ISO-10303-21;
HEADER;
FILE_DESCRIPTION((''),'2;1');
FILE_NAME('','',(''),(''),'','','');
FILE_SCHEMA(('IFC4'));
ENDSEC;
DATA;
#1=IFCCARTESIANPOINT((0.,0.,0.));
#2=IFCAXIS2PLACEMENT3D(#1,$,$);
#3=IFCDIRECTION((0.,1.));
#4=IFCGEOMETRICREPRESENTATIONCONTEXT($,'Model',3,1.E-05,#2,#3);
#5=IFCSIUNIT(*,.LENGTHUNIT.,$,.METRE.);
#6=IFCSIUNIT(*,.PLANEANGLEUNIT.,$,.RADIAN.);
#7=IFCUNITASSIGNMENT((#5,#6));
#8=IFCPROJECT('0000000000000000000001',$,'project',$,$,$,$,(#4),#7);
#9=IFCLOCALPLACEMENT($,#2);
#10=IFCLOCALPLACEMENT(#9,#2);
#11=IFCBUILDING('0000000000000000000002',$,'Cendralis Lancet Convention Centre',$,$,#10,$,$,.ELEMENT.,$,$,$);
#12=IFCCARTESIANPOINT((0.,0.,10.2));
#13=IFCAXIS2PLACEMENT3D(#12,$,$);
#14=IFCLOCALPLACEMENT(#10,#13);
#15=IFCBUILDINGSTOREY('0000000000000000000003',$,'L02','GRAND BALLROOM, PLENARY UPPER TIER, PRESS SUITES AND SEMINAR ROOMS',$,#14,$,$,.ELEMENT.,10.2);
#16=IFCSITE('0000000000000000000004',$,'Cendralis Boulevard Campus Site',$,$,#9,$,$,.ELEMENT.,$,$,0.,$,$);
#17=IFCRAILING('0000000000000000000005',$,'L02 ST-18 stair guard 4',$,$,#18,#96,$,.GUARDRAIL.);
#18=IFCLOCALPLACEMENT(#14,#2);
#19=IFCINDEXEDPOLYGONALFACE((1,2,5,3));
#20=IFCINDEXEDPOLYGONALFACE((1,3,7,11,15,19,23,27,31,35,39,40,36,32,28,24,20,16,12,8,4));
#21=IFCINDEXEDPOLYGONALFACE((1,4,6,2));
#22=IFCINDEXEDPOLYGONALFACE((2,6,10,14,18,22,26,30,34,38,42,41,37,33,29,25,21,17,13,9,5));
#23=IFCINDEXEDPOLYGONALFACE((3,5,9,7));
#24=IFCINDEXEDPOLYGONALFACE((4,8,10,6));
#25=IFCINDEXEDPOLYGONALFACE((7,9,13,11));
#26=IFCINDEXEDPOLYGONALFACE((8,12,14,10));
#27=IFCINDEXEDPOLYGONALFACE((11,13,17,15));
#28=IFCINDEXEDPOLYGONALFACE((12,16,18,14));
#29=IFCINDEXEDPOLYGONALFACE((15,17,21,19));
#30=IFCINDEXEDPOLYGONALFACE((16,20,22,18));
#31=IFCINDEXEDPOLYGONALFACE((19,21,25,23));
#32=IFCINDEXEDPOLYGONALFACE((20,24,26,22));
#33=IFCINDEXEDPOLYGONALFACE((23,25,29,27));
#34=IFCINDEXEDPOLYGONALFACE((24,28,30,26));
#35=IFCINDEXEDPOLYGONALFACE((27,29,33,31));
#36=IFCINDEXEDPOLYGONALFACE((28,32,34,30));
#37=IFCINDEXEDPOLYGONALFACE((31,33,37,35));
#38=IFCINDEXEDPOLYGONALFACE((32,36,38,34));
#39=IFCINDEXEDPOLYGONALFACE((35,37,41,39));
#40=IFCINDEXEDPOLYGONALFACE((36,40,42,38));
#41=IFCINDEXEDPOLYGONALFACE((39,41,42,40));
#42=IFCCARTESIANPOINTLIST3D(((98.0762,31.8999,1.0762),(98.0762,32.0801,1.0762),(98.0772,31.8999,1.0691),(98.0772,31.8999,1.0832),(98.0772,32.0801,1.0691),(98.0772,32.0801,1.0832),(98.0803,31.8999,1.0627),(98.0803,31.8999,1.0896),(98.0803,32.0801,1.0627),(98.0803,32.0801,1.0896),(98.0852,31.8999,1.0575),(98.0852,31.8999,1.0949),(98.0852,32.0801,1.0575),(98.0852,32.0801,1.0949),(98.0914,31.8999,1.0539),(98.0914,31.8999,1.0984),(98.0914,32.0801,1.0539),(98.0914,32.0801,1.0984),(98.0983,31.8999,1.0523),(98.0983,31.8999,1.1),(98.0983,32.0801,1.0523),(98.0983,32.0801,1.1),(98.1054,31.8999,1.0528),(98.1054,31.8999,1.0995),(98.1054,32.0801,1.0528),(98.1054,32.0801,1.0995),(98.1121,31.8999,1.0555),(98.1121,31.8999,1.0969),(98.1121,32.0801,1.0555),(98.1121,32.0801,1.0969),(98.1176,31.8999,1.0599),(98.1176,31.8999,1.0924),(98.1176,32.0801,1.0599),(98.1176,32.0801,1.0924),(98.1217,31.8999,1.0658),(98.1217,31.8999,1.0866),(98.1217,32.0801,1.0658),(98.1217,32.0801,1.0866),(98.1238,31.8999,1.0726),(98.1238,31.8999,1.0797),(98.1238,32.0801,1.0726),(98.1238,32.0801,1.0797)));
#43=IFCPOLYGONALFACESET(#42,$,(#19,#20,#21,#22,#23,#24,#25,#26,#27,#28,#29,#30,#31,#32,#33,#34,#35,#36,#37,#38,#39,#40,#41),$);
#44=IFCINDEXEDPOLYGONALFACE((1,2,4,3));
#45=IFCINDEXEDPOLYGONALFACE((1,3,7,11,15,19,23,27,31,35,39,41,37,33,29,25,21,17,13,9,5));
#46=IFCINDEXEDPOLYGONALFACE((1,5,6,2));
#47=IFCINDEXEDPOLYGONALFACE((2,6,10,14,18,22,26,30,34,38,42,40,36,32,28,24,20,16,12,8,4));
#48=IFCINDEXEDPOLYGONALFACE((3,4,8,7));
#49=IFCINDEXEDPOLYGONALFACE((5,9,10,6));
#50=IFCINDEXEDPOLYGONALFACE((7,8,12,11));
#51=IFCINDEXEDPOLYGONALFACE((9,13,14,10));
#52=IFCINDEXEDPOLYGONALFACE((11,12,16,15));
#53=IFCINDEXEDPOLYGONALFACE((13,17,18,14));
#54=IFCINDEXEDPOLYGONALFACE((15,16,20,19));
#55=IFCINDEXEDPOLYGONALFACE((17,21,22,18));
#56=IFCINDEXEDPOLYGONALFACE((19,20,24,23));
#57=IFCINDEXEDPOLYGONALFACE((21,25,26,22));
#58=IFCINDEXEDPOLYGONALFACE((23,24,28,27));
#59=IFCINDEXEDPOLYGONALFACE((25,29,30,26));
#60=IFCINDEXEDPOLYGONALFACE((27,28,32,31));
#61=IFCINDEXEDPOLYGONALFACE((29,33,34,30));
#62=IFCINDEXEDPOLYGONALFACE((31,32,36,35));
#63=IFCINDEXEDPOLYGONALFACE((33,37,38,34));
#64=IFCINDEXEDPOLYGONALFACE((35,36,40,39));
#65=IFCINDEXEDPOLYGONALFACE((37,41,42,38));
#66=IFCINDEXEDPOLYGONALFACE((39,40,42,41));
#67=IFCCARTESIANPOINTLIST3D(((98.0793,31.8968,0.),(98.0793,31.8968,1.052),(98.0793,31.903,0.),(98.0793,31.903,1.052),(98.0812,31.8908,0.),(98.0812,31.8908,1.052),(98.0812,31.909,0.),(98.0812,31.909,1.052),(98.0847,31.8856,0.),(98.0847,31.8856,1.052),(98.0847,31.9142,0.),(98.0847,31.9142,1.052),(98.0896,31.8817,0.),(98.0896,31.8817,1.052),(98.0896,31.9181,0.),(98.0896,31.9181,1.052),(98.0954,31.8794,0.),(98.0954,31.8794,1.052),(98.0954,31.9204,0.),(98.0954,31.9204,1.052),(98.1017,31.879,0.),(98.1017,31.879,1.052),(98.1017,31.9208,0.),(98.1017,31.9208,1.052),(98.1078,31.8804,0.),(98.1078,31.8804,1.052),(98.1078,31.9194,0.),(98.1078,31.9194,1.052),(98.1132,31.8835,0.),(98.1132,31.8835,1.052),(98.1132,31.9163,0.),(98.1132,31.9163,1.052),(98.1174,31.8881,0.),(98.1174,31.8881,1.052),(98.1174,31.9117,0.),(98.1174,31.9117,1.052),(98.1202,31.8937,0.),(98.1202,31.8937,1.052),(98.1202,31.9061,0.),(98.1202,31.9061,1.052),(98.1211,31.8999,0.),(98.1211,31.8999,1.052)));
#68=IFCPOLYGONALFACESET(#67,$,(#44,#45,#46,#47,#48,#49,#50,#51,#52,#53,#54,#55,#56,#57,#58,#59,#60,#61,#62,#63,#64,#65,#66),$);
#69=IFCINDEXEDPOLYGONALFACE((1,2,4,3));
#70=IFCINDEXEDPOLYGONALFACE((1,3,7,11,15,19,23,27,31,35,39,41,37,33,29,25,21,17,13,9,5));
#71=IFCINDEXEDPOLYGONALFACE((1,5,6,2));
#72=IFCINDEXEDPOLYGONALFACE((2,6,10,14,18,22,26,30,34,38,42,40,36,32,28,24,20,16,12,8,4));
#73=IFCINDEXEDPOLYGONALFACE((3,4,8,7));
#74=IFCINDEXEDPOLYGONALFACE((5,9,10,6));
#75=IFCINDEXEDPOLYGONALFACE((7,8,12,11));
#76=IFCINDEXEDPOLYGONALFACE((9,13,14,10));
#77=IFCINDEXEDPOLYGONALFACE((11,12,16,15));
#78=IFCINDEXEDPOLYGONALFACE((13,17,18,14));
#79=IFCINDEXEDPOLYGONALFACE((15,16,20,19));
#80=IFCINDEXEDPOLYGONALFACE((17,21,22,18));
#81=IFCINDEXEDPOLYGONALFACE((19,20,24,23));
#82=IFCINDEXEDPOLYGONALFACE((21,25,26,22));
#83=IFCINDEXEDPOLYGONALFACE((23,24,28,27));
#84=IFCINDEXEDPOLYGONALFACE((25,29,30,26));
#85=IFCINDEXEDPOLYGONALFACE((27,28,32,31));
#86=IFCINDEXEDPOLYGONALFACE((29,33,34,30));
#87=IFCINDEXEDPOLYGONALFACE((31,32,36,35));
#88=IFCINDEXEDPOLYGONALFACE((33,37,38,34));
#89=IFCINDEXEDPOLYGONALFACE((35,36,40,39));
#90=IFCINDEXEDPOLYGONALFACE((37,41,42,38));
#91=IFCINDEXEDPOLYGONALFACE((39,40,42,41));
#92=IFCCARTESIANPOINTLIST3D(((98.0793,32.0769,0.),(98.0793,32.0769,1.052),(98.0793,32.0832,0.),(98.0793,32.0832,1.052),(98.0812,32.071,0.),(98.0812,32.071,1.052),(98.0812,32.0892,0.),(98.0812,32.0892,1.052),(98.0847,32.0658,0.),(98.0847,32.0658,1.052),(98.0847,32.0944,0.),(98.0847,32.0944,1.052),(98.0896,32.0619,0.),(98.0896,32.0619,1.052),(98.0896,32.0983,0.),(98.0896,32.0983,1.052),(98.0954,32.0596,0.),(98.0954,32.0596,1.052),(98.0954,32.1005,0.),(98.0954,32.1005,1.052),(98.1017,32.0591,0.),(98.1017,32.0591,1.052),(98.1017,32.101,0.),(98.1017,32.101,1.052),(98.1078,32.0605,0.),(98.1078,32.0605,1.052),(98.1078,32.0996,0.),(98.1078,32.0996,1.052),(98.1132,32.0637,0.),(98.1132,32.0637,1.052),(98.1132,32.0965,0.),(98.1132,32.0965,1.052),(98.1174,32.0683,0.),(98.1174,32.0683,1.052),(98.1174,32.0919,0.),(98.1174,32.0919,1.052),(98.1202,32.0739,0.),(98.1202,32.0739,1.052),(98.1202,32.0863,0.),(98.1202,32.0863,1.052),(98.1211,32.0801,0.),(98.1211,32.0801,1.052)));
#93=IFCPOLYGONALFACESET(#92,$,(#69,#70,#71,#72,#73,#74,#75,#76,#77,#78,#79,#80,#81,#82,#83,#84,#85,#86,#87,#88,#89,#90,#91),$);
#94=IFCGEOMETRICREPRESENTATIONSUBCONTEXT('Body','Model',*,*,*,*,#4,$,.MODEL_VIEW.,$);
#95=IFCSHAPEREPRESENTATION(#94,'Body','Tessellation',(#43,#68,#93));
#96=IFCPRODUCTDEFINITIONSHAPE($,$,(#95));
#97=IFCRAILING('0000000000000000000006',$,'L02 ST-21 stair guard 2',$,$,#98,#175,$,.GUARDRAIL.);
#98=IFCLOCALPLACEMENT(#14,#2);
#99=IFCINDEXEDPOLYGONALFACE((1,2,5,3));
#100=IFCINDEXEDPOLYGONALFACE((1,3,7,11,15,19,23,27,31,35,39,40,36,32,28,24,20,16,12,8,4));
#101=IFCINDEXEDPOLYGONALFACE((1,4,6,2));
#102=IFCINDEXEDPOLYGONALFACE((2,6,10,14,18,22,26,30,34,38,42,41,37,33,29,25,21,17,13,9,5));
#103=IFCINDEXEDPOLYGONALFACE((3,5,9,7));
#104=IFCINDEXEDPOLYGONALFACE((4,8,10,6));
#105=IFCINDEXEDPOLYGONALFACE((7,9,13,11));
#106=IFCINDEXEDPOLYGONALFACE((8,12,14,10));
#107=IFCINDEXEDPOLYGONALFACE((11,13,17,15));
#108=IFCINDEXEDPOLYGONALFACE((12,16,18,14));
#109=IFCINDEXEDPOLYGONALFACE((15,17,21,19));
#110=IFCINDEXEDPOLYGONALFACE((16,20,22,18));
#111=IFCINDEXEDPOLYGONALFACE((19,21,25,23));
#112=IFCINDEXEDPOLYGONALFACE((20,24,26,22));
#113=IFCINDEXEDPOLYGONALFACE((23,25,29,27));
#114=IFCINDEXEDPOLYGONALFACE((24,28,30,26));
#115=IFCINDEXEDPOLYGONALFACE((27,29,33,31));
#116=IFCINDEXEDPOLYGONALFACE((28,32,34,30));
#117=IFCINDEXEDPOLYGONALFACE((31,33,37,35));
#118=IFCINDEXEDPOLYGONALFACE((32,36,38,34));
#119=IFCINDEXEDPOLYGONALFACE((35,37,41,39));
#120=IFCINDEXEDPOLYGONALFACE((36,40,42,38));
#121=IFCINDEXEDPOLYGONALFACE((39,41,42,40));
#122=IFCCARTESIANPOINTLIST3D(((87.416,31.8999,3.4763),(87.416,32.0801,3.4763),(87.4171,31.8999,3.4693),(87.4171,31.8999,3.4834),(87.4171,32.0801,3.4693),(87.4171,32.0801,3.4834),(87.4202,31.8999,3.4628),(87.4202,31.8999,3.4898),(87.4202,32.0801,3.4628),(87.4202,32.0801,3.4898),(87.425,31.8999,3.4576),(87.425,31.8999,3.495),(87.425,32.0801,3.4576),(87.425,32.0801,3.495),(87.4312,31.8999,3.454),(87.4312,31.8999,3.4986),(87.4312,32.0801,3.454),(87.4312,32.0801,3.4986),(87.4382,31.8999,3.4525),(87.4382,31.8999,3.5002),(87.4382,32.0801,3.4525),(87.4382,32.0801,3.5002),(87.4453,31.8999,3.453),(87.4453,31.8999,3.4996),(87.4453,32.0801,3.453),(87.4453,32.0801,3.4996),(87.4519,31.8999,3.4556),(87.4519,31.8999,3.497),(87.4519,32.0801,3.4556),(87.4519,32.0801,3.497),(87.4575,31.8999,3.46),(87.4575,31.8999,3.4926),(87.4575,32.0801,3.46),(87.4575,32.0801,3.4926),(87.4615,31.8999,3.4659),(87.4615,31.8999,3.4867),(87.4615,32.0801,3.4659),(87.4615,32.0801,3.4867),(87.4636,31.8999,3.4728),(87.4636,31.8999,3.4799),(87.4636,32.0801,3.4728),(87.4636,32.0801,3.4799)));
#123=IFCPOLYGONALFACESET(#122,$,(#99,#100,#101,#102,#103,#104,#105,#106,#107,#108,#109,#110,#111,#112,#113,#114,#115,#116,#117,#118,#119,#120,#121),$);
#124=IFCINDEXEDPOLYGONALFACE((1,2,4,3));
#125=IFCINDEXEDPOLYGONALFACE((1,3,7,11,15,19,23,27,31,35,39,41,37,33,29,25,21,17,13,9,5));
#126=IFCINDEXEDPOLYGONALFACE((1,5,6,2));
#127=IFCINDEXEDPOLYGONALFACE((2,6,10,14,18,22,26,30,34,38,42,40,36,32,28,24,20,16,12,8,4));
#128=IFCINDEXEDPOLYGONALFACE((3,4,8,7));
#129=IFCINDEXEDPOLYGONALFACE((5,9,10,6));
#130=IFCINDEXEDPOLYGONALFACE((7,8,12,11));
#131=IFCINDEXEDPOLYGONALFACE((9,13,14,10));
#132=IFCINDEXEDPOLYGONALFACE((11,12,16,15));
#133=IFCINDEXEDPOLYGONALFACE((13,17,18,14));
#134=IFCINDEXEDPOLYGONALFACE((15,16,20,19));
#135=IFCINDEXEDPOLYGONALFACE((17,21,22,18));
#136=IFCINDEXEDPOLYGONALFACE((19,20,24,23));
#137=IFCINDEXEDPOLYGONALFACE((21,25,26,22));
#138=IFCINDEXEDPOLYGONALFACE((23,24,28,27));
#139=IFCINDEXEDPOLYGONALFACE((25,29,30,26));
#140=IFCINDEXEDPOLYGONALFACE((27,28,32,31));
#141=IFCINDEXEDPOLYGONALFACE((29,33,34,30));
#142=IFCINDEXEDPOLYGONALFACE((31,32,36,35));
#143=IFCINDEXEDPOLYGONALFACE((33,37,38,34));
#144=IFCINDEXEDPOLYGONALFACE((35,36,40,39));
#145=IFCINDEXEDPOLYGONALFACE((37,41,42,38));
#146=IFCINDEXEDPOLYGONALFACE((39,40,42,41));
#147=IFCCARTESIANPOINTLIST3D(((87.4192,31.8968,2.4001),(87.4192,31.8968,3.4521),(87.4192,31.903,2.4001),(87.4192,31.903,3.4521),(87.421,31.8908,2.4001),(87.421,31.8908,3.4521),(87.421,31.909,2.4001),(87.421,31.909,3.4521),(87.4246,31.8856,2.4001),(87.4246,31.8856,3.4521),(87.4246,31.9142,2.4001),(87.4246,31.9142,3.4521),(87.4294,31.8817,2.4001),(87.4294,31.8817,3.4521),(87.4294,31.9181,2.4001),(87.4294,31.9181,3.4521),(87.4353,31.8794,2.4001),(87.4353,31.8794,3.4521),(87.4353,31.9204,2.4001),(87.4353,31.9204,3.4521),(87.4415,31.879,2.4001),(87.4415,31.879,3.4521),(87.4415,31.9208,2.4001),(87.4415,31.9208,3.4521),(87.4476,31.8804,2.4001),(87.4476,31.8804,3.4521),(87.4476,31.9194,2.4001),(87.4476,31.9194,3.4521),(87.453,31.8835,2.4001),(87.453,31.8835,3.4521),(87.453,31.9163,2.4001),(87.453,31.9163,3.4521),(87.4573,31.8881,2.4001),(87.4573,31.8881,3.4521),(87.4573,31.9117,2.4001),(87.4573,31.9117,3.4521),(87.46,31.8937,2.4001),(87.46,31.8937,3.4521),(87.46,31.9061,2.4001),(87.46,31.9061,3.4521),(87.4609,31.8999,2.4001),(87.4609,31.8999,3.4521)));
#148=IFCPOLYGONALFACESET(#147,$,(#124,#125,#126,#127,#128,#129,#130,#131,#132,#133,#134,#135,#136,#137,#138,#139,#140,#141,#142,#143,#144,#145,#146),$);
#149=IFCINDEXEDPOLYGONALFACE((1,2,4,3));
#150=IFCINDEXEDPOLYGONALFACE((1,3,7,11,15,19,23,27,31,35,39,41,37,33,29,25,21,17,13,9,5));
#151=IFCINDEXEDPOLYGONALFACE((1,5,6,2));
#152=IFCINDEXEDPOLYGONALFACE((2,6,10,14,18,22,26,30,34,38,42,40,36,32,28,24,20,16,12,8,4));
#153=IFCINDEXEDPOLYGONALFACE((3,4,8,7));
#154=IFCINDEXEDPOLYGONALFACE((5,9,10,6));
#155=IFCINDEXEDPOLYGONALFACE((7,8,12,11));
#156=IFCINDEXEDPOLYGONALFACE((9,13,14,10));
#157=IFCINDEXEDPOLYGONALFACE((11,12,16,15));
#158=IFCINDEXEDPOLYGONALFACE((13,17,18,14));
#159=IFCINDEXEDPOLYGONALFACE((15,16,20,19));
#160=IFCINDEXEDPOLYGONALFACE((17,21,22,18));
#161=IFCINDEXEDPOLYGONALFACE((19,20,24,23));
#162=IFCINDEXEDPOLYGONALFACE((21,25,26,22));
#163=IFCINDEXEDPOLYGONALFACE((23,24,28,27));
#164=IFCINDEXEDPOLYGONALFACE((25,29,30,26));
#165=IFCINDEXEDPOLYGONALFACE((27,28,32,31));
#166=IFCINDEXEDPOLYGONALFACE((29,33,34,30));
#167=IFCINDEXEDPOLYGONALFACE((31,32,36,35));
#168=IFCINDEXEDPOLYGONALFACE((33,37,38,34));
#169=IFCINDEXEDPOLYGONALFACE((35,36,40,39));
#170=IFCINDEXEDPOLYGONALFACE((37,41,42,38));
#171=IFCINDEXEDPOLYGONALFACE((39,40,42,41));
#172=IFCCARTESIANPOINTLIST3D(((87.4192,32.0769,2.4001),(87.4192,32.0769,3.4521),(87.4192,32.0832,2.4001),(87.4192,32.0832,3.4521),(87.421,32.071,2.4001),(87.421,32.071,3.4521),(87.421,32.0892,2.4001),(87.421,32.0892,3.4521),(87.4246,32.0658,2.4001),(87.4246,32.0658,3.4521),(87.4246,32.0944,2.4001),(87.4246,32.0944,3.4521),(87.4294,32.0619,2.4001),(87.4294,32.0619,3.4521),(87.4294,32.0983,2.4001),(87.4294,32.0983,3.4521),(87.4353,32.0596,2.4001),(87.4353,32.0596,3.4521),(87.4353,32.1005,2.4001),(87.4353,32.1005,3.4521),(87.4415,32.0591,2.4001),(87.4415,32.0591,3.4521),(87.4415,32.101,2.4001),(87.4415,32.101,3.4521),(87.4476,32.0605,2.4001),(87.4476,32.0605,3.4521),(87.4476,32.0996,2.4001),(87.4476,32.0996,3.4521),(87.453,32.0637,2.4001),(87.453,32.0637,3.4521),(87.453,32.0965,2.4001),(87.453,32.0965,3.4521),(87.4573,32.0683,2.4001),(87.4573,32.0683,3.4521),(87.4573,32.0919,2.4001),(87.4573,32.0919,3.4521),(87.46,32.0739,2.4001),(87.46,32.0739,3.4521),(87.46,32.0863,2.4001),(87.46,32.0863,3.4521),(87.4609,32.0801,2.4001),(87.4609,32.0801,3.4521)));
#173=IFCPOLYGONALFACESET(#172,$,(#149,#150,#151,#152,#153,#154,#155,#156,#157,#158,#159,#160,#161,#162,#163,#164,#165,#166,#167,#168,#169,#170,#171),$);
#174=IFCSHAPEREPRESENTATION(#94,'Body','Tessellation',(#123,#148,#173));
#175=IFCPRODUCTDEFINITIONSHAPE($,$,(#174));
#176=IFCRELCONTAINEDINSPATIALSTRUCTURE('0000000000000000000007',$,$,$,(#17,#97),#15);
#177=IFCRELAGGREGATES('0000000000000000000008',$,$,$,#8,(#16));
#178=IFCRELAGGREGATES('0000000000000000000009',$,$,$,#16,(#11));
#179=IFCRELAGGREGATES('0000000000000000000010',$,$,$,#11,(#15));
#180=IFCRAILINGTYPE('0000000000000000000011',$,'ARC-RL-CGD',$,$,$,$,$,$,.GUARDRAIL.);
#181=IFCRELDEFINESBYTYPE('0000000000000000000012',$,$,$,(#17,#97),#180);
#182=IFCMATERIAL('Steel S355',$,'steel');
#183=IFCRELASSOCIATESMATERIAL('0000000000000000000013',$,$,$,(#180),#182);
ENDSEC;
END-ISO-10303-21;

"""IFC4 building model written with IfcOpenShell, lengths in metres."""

from ifc_helpers import new_model, si_unit, direction, frame, origin, origin_2d, place, context, subcontext, project, spatial, circle, extrude, material, type_object, element, save


model = new_model("IFC4")

# Units and contexts
model_context = context("Model", 3, precision=1e-05, world=origin(), true_north=direction((0.0, 1.0)))
body_context = subcontext(model_context, "Body", "Model", "MODEL_VIEW")
ifc_project = project(units=[si_unit("LENGTHUNIT", "METRE"), si_unit("PLANEANGLEUNIT", "RADIAN")], contexts=[model_context])

# Site, building, storey
site_placement = place(None, origin())
site = spatial("IfcSite", under=ifc_project, at=site_placement, Name="Cendralis Boulevard Campus Site", CompositionType="ELEMENT", RefElevation=0.0)
building_placement = place(site_placement, origin())
building = spatial("IfcBuilding", under=site, at=building_placement, Name="Cendralis Lancet Convention Centre", CompositionType="ELEMENT")
storey_placement = place(building_placement, frame((0.0, 0.0, 10.2)))
storey = spatial("IfcBuildingStorey", under=building, at=storey_placement, Name="L02", Description="GRAND BALLROOM, PLENARY UPPER TIER, PRESS SUITES AND SEMINAR ROOMS", CompositionType="ELEMENT", Elevation=10.2)

# Shared definitions
ifc_material_1 = material(Name="Steel S355", Category="steel")

# Railings
railing_type_1 = type_object("IfcRailingType", Name="ARC-RL-CGD", PredefinedType="GUARDRAIL", material=ifc_material_1)
for number, where, name in (
    (1, (98.1001, 31.8999, 0.0), "L02 ST-18 stair guard 4"),
    (2, (87.4399, 31.8999, 2.4001), "L02 ST-21 stair guard 2"),
):
    element("IfcRailing", number, at=place(storey_placement, frame(where)), inside=storey, type_object=railing_type_1, Name=name, PredefinedType="GUARDRAIL", context=body_context, shape_type="SweptSolid", body=[
        extrude(circle(Radius=0.0239, at=origin_2d()), frame((0.0, 0.0, 1.0762), z_axis=(0.0, 1.0, 0.0), x_axis=(-1.0, 0.0, 0.0)), (0.0, 0.0, 1.0), 0.1802),
        extrude(circle(Radius=0.021, at=origin_2d()), origin(), (0.0, 0.0, 1.0), 1.052),
        extrude(circle(Radius=0.021, at=origin_2d()), frame((0.0, 0.1802, 0.0)), (0.0, 0.0, 1.0), 1.052),
    ])

save(model, "model.ifc")
